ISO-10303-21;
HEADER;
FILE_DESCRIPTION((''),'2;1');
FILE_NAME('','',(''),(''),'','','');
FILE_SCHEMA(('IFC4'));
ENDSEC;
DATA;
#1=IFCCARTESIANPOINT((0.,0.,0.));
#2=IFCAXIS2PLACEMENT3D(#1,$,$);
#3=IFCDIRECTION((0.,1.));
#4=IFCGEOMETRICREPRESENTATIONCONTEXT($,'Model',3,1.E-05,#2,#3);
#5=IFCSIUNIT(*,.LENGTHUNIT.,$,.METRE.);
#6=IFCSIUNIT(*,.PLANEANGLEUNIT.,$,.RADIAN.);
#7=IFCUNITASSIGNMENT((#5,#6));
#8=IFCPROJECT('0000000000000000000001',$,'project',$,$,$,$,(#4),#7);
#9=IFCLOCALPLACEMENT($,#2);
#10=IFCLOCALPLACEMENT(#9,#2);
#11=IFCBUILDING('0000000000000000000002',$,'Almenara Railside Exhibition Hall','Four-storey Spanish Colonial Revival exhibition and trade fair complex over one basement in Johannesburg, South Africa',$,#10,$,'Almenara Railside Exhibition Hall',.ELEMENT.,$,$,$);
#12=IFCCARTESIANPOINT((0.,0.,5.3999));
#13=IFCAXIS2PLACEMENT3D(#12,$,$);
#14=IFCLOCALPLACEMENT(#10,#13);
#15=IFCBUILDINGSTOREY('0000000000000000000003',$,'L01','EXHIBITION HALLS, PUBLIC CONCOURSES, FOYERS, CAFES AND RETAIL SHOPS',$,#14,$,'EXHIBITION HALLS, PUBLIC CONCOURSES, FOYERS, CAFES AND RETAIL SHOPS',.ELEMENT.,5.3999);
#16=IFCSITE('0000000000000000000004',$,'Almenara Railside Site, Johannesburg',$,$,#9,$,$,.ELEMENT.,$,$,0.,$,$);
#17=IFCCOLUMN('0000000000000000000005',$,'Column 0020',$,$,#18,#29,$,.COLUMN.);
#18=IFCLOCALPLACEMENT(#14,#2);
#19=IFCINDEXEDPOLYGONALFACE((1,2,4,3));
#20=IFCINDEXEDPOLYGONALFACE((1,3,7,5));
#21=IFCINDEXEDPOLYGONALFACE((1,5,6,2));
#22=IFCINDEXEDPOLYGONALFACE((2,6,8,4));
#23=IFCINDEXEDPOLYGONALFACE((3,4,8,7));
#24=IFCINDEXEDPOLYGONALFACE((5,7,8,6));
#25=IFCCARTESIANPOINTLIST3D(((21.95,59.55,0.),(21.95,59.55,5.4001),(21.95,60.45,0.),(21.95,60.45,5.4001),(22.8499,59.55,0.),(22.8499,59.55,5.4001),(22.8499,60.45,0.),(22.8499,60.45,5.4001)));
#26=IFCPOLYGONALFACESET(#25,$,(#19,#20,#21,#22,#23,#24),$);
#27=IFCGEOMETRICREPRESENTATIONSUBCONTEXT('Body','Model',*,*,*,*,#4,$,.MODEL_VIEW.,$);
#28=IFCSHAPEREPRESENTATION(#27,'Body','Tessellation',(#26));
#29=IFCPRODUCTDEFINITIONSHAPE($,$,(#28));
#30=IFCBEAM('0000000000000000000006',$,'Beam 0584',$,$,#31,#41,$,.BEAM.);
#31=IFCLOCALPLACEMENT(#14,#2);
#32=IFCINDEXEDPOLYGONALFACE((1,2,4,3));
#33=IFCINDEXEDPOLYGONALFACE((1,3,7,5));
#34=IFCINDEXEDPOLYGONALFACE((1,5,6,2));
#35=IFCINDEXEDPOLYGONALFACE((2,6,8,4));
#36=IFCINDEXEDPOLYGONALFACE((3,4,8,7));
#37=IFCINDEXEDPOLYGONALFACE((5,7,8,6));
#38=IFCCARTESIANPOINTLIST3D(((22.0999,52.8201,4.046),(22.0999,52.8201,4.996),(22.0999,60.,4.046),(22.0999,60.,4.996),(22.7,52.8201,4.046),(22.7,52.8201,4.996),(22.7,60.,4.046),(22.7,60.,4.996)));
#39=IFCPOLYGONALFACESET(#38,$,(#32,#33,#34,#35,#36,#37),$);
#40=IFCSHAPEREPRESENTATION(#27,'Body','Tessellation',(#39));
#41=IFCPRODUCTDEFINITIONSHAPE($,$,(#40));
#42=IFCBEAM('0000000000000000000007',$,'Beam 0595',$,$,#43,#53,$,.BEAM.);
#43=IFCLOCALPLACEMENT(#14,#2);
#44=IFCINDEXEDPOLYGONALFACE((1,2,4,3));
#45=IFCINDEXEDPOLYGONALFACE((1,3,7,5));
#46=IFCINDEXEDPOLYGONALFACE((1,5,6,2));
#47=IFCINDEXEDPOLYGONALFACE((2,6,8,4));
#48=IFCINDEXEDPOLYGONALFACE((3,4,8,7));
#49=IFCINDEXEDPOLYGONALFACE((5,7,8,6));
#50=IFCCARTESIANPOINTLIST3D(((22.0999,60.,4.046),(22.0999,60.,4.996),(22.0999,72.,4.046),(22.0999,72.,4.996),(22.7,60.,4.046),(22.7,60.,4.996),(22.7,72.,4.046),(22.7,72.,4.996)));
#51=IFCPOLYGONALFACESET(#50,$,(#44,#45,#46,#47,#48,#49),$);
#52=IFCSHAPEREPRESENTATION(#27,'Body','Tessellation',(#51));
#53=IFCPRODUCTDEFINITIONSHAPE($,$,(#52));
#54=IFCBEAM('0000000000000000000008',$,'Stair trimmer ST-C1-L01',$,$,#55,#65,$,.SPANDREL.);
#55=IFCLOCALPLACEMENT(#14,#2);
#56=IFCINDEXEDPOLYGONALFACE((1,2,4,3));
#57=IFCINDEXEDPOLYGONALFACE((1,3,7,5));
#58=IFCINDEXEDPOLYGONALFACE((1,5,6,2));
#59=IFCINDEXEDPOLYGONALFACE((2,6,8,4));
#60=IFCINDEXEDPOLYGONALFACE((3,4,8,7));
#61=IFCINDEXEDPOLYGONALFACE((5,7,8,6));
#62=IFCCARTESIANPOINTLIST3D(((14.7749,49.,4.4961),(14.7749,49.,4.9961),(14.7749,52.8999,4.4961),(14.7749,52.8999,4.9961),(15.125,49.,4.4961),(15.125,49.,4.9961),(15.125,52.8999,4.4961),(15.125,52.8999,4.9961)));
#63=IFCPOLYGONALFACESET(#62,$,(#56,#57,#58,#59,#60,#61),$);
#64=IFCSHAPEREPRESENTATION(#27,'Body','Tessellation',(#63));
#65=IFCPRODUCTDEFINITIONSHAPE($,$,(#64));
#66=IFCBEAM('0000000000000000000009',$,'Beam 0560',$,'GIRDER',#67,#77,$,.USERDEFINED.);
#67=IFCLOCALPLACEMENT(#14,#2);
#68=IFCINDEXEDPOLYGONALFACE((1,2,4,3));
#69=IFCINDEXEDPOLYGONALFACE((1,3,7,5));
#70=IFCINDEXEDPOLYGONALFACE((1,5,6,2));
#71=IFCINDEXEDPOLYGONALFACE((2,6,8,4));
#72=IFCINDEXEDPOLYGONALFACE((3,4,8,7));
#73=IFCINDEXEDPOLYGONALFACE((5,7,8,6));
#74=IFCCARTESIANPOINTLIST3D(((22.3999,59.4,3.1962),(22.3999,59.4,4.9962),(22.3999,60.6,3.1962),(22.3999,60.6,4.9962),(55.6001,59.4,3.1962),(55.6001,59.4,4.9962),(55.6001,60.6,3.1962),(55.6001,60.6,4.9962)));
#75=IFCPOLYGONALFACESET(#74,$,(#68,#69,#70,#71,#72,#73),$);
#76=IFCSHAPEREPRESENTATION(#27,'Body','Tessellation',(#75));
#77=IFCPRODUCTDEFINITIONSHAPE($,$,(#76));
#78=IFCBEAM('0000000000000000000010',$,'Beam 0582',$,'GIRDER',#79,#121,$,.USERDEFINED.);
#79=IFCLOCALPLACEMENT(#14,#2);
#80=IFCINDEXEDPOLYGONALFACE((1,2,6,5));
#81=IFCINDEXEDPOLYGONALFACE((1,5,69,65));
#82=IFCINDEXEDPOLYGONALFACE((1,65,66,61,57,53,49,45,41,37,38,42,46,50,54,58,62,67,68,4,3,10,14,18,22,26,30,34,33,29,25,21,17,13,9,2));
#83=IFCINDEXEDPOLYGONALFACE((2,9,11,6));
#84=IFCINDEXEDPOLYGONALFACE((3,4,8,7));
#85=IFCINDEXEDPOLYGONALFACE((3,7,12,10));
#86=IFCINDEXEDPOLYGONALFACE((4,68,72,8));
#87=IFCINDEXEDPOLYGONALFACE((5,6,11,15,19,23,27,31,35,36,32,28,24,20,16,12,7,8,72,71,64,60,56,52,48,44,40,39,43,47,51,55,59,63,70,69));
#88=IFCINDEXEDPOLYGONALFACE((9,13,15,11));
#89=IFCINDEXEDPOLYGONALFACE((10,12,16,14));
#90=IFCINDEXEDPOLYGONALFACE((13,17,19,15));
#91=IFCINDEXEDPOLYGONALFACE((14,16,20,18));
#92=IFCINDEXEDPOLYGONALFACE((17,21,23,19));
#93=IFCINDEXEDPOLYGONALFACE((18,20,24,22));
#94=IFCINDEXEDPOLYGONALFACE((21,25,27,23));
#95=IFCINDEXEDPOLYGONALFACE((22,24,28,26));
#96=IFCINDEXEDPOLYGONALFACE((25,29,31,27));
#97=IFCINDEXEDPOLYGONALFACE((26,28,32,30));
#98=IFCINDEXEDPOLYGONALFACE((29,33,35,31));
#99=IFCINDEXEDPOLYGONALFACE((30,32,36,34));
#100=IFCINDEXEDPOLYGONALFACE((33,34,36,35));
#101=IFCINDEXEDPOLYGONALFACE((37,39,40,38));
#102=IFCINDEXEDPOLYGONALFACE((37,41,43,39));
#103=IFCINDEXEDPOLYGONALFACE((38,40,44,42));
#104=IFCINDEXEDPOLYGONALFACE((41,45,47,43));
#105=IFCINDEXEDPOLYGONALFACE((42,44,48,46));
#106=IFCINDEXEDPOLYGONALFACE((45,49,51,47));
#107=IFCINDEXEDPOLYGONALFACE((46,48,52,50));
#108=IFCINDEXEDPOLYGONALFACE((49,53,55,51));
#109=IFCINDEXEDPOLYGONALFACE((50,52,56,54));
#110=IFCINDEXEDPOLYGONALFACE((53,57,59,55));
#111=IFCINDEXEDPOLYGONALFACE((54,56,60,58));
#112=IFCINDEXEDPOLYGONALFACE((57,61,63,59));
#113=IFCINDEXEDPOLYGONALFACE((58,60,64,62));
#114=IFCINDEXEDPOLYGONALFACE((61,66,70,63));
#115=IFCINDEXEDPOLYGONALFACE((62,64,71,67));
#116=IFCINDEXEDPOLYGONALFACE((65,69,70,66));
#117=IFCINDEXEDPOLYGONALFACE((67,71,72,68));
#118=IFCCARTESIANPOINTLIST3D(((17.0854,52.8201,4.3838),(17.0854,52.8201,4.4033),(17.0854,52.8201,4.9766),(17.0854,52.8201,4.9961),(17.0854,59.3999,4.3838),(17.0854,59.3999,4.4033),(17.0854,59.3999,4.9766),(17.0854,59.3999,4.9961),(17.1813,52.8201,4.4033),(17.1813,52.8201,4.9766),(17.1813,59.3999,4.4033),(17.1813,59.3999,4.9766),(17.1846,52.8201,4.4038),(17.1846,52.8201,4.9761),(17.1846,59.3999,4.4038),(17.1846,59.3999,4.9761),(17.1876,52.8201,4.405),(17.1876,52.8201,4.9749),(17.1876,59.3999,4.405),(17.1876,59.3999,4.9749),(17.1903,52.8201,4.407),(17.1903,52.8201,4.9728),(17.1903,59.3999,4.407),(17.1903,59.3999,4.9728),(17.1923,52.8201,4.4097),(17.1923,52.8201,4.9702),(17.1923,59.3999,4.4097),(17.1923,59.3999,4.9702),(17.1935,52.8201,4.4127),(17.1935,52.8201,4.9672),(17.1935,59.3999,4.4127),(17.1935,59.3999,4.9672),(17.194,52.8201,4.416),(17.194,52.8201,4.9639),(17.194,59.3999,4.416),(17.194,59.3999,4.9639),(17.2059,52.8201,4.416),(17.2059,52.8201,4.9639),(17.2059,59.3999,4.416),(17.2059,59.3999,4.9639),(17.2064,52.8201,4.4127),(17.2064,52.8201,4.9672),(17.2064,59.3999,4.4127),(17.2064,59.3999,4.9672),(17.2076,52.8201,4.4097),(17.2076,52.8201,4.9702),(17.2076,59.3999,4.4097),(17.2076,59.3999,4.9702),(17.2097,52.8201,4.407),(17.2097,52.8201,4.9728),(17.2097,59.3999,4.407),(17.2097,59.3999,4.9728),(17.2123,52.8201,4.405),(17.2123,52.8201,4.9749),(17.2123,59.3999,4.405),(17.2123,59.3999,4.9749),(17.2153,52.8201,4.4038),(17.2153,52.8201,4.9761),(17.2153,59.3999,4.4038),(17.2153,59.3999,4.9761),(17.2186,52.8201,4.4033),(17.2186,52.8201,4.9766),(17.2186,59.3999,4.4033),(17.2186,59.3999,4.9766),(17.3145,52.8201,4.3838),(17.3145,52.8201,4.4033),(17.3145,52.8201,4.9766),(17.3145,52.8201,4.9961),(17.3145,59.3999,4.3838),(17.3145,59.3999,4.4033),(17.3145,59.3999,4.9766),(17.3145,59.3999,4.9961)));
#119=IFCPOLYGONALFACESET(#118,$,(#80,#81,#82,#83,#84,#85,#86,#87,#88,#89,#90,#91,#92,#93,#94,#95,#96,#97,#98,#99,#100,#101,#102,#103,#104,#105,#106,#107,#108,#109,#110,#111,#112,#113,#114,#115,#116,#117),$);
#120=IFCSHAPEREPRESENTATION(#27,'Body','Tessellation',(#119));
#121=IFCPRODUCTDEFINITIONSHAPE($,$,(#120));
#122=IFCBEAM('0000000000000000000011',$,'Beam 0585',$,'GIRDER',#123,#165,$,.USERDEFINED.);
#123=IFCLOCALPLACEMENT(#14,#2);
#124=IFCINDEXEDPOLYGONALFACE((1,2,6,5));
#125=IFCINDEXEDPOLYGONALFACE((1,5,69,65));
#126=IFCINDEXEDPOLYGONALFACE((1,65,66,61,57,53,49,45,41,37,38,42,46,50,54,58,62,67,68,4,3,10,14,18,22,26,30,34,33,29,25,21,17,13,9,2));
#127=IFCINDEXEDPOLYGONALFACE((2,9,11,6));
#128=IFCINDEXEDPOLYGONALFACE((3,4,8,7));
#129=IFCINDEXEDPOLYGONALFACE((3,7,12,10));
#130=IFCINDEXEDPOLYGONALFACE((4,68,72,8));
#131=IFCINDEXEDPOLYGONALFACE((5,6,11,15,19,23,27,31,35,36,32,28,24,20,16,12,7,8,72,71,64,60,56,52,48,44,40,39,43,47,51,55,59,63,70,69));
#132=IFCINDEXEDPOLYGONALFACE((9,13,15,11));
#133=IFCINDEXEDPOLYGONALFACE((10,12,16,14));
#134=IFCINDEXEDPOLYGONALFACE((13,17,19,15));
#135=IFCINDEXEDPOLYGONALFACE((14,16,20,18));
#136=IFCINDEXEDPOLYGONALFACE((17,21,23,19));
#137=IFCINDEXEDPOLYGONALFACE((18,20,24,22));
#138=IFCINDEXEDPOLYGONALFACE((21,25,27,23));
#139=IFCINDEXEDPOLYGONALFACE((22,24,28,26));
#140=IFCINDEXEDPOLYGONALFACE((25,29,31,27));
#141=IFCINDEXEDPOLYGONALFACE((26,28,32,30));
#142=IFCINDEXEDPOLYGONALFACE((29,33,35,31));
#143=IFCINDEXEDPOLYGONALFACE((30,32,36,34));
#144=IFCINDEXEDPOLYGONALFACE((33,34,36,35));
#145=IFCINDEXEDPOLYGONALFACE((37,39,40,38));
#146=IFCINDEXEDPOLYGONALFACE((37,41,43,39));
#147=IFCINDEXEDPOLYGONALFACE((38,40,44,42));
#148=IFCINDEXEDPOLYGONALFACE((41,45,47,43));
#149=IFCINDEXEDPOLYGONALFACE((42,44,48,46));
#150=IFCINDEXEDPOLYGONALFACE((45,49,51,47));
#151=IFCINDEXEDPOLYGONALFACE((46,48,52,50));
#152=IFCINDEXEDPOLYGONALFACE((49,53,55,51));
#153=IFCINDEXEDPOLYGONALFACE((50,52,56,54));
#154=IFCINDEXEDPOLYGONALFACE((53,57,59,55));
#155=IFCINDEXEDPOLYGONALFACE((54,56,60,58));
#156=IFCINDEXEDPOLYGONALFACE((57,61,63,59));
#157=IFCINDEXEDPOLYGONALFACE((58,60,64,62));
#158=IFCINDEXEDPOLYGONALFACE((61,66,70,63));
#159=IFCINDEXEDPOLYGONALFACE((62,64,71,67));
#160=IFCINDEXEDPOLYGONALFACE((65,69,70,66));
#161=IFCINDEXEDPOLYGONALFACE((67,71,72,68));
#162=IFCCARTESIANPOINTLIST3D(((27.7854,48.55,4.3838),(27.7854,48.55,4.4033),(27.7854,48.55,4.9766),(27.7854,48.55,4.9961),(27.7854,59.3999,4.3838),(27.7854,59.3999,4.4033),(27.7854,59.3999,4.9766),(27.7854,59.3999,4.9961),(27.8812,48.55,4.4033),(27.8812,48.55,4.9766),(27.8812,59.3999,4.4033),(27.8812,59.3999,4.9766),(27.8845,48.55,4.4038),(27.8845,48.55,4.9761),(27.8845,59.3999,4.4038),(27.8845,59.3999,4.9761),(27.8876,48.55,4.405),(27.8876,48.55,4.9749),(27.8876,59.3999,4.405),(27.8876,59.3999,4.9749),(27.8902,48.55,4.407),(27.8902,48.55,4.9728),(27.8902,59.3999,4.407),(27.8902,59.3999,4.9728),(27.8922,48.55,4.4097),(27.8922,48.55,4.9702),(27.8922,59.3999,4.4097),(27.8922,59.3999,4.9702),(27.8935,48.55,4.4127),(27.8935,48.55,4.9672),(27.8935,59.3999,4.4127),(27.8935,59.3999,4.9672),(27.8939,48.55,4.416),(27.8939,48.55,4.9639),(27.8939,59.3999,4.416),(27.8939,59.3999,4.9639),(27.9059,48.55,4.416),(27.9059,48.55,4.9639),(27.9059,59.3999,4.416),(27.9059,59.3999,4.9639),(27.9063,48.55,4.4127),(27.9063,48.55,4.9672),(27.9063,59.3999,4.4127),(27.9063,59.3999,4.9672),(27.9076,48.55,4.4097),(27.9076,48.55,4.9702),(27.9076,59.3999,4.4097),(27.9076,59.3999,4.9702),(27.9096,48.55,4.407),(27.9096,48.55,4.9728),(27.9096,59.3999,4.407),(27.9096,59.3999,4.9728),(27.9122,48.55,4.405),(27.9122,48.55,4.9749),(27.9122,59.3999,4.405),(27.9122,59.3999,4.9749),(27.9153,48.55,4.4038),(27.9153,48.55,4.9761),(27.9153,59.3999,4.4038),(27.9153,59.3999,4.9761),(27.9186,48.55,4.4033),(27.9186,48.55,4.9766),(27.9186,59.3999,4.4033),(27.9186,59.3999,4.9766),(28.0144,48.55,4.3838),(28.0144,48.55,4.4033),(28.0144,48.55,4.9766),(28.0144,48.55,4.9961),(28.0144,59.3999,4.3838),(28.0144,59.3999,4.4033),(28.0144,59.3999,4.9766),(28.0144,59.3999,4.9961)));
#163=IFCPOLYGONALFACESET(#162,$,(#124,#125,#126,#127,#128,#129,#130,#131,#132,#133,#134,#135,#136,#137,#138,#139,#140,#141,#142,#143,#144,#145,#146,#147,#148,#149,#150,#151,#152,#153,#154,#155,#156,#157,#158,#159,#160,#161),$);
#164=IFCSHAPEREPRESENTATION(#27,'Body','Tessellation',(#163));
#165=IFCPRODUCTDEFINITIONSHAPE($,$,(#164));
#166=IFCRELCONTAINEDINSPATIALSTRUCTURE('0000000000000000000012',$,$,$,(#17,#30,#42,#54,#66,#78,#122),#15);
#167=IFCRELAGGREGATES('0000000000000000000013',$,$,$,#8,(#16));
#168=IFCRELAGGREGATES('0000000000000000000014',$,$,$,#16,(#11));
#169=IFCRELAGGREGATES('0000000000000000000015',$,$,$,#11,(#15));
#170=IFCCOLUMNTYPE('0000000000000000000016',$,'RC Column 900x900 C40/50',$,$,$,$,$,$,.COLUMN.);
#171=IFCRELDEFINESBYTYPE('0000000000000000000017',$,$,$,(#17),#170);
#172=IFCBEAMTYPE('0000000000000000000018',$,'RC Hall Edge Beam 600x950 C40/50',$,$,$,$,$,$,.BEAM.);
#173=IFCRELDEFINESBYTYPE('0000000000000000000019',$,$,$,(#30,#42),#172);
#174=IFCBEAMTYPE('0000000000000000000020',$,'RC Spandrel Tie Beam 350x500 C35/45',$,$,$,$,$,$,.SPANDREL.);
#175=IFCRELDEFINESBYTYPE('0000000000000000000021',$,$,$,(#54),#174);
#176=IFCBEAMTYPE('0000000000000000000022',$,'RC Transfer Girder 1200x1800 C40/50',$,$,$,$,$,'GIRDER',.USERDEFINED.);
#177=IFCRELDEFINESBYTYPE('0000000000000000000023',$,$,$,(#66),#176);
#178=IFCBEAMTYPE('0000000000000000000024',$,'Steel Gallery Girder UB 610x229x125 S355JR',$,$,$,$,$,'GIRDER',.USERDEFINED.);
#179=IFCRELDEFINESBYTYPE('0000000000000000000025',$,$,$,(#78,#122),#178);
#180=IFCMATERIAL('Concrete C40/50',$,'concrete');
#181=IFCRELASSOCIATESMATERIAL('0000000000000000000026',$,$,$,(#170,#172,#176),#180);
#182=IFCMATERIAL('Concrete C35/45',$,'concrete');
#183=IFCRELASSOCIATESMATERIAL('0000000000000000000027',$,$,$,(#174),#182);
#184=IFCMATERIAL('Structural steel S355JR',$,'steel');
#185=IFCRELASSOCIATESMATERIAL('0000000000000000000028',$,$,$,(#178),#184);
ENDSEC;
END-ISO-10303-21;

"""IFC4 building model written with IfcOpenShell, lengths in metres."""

from ifc_helpers import new_model, si_unit, direction, frame, origin, origin_2d, place, context, subcontext, project, spatial, rectangle, i_section, extrude, material, material_profile, profile_set, type_object, element, save


model = new_model("IFC4")

# Units and contexts
model_context = context("Model", 3, precision=1e-05, world=origin(), true_north=direction((0.0, 1.0)))
body_context = subcontext(model_context, "Body", "Model", "MODEL_VIEW")
ifc_project = project(units=[si_unit("LENGTHUNIT", "METRE"), si_unit("PLANEANGLEUNIT", "RADIAN")], contexts=[model_context])

# Site, building, storey
site_placement = place(None, origin())
site = spatial("IfcSite", under=ifc_project, at=site_placement, Name="Almenara Railside Site, Johannesburg", CompositionType="ELEMENT", RefElevation=0.0)
building_placement = place(site_placement, origin())
building = spatial("IfcBuilding", under=site, at=building_placement, Name="Almenara Railside Exhibition Hall", Description="Four-storey Spanish Colonial Revival exhibition and trade fair complex over one basement in Johannesburg, South Africa", LongName="Almenara Railside Exhibition Hall", CompositionType="ELEMENT")
storey_placement = place(building_placement, frame((0.0, 0.0, 5.3999)))
storey = spatial("IfcBuildingStorey", under=building, at=storey_placement, Name="L01", Description="EXHIBITION HALLS, PUBLIC CONCOURSES, FOYERS, CAFES AND RETAIL SHOPS", LongName="EXHIBITION HALLS, PUBLIC CONCOURSES, FOYERS, CAFES AND RETAIL SHOPS", CompositionType="ELEMENT", Elevation=5.3999)

# Column
ifc_material_1 = material(Name="Concrete C40/50", Category="concrete")
ifc_material_profile_1 = material_profile(ifc_material_1, rectangle(XDim=0.8999, YDim=0.8999, at=origin_2d()), Name="RC 900x900")
ifc_profile_set_1 = profile_set([ifc_material_profile_1], Name="Concrete C40/50")
column_type = type_object("IfcColumnType", Name="RC Column 900x900 C40/50", PredefinedType="COLUMN", material=ifc_profile_set_1)
column_placement = place(storey_placement, frame((22.3999, 60.0, 0.0), z_axis=(0.0, 0.0, 1.0), x_axis=(1.0, 0.0, 0.0)))
element("IfcColumn", 1, at=column_placement, inside=storey, type_object=column_type, Name="Column 0020", PredefinedType="COLUMN", context=body_context, shape_type="SweptSolid", body=[
    extrude(rectangle(XDim=0.8999, YDim=0.8999, at=origin_2d()), origin(), (0.0, 0.0, 1.0), 5.4001),
])

# Beams
ifc_material_profile_2 = material_profile(ifc_material_1, rectangle(XDim=0.6001, YDim=0.95, at=origin_2d()), Name="RC 600x950")
ifc_profile_set_2 = profile_set([ifc_material_profile_2], Name="Concrete C40/50")
beam_type_1 = type_object("IfcBeamType", Name="RC Hall Edge Beam 600x950 C40/50", PredefinedType="BEAM", material=ifc_profile_set_2)
beam_1_placement = place(storey_placement, frame((22.3999, 52.8201, 4.521), z_axis=(0.0, 1.0, 0.0), x_axis=(-1.0, 0.0, 0.0)))
element("IfcBeam", 2, at=beam_1_placement, inside=storey, type_object=beam_type_1, Name="Beam 0584", PredefinedType="BEAM", context=body_context, shape_type="SweptSolid", body=[
    extrude(rectangle(XDim=0.6001, YDim=0.95, at=origin_2d()), origin(), (0.0, 0.0, 1.0), 7.1799),
])
beam_2_placement = place(storey_placement, frame((22.3999, 60.0, 4.521), z_axis=(0.0, 1.0, 0.0), x_axis=(-1.0, 0.0, 0.0)))
element("IfcBeam", 3, at=beam_2_placement, inside=storey, type_object=beam_type_1, Name="Beam 0595", PredefinedType="BEAM", context=body_context, shape_type="SweptSolid", body=[
    extrude(rectangle(XDim=0.6001, YDim=0.95, at=origin_2d()), origin(), (0.0, 0.0, 1.0), 12.0),
])
ifc_material_2 = material(Name="Concrete C35/45", Category="concrete")
ifc_material_profile_3 = material_profile(ifc_material_2, rectangle(XDim=0.3501, YDim=0.5, at=origin_2d()), Name="RC 350x500")
ifc_profile_set_3 = profile_set([ifc_material_profile_3], Name="Concrete C35/45")
beam_type_2 = type_object("IfcBeamType", Name="RC Spandrel Tie Beam 350x500 C35/45", PredefinedType="SPANDREL", material=ifc_profile_set_3)
beam_3_placement = place(storey_placement, frame((14.95, 49.0, 4.7461), z_axis=(0.0, 1.0, 0.0), x_axis=(-1.0, 0.0, 0.0)))
element("IfcBeam", 4, at=beam_3_placement, inside=storey, type_object=beam_type_2, Name="Stair trimmer ST-C1-L01", PredefinedType="SPANDREL", context=body_context, shape_type="SweptSolid", body=[
    extrude(rectangle(XDim=0.3501, YDim=0.5, at=origin_2d()), origin(), (0.0, 0.0, 1.0), 3.8999),
])
ifc_material_profile_4 = material_profile(ifc_material_1, rectangle(XDim=1.2, YDim=1.8, at=origin_2d()), Name="RC 1200x1800")
ifc_profile_set_4 = profile_set([ifc_material_profile_4], Name="Concrete C40/50")
beam_type_3 = type_object("IfcBeamType", Name="RC Transfer Girder 1200x1800 C40/50", ElementType="GIRDER", PredefinedType="USERDEFINED", material=ifc_profile_set_4)
beam_4_placement = place(storey_placement, frame((22.3999, 60.0, 4.0962), z_axis=(1.0, 0.0, 0.0), x_axis=(0.0, 1.0, 0.0)))
element("IfcBeam", 5, at=beam_4_placement, inside=storey, type_object=beam_type_3, Name="Beam 0560", ObjectType="GIRDER", PredefinedType="USERDEFINED", context=body_context, shape_type="SweptSolid", body=[
    extrude(rectangle(XDim=1.2, YDim=1.8, at=origin_2d()), origin(), (0.0, 0.0, 1.0), 33.2002),
])
ifc_material_3 = material(Name="Structural steel S355JR", Category="steel")
ifc_material_profile_5 = material_profile(ifc_material_3, i_section(OverallWidth=0.229, OverallDepth=0.6123, WebThickness=0.012, FlangeThickness=0.0195, FilletRadius=0.0127, at=origin_2d()), Name="UB 610x229x125")
ifc_profile_set_5 = profile_set([ifc_material_profile_5], Name="Structural steel S355JR")
beam_type_4 = type_object("IfcBeamType", Name="Steel Gallery Girder UB 610x229x125 S355JR", ElementType="GIRDER", PredefinedType="USERDEFINED", material=ifc_profile_set_5)
beam_5_placement = place(storey_placement, frame((17.2, 52.8201, 4.6899), z_axis=(0.0, 1.0, 0.0), x_axis=(-1.0, 0.0, 0.0)))
element("IfcBeam", 6, at=beam_5_placement, inside=storey, type_object=beam_type_4, Name="Beam 0582", ObjectType="GIRDER", PredefinedType="USERDEFINED", context=body_context, shape_type="SweptSolid", body=[
    extrude(i_section(OverallWidth=0.229, OverallDepth=0.6123, WebThickness=0.012, FlangeThickness=0.0195, FilletRadius=0.0127, at=origin_2d()), origin(), (0.0, 0.0, 1.0), 6.5798),
])
beam_6_placement = place(storey_placement, frame((27.8999, 48.55, 4.6899), z_axis=(0.0, 1.0, 0.0), x_axis=(-1.0, 0.0, 0.0)))
element("IfcBeam", 7, at=beam_6_placement, inside=storey, type_object=beam_type_4, Name="Beam 0585", ObjectType="GIRDER", PredefinedType="USERDEFINED", context=body_context, shape_type="SweptSolid", body=[
    extrude(i_section(OverallWidth=0.229, OverallDepth=0.6123, WebThickness=0.012, FlangeThickness=0.0195, FilletRadius=0.0127, at=origin_2d()), origin(), (0.0, 0.0, 1.0), 10.8499),
])

save(model, "model.ifc")
